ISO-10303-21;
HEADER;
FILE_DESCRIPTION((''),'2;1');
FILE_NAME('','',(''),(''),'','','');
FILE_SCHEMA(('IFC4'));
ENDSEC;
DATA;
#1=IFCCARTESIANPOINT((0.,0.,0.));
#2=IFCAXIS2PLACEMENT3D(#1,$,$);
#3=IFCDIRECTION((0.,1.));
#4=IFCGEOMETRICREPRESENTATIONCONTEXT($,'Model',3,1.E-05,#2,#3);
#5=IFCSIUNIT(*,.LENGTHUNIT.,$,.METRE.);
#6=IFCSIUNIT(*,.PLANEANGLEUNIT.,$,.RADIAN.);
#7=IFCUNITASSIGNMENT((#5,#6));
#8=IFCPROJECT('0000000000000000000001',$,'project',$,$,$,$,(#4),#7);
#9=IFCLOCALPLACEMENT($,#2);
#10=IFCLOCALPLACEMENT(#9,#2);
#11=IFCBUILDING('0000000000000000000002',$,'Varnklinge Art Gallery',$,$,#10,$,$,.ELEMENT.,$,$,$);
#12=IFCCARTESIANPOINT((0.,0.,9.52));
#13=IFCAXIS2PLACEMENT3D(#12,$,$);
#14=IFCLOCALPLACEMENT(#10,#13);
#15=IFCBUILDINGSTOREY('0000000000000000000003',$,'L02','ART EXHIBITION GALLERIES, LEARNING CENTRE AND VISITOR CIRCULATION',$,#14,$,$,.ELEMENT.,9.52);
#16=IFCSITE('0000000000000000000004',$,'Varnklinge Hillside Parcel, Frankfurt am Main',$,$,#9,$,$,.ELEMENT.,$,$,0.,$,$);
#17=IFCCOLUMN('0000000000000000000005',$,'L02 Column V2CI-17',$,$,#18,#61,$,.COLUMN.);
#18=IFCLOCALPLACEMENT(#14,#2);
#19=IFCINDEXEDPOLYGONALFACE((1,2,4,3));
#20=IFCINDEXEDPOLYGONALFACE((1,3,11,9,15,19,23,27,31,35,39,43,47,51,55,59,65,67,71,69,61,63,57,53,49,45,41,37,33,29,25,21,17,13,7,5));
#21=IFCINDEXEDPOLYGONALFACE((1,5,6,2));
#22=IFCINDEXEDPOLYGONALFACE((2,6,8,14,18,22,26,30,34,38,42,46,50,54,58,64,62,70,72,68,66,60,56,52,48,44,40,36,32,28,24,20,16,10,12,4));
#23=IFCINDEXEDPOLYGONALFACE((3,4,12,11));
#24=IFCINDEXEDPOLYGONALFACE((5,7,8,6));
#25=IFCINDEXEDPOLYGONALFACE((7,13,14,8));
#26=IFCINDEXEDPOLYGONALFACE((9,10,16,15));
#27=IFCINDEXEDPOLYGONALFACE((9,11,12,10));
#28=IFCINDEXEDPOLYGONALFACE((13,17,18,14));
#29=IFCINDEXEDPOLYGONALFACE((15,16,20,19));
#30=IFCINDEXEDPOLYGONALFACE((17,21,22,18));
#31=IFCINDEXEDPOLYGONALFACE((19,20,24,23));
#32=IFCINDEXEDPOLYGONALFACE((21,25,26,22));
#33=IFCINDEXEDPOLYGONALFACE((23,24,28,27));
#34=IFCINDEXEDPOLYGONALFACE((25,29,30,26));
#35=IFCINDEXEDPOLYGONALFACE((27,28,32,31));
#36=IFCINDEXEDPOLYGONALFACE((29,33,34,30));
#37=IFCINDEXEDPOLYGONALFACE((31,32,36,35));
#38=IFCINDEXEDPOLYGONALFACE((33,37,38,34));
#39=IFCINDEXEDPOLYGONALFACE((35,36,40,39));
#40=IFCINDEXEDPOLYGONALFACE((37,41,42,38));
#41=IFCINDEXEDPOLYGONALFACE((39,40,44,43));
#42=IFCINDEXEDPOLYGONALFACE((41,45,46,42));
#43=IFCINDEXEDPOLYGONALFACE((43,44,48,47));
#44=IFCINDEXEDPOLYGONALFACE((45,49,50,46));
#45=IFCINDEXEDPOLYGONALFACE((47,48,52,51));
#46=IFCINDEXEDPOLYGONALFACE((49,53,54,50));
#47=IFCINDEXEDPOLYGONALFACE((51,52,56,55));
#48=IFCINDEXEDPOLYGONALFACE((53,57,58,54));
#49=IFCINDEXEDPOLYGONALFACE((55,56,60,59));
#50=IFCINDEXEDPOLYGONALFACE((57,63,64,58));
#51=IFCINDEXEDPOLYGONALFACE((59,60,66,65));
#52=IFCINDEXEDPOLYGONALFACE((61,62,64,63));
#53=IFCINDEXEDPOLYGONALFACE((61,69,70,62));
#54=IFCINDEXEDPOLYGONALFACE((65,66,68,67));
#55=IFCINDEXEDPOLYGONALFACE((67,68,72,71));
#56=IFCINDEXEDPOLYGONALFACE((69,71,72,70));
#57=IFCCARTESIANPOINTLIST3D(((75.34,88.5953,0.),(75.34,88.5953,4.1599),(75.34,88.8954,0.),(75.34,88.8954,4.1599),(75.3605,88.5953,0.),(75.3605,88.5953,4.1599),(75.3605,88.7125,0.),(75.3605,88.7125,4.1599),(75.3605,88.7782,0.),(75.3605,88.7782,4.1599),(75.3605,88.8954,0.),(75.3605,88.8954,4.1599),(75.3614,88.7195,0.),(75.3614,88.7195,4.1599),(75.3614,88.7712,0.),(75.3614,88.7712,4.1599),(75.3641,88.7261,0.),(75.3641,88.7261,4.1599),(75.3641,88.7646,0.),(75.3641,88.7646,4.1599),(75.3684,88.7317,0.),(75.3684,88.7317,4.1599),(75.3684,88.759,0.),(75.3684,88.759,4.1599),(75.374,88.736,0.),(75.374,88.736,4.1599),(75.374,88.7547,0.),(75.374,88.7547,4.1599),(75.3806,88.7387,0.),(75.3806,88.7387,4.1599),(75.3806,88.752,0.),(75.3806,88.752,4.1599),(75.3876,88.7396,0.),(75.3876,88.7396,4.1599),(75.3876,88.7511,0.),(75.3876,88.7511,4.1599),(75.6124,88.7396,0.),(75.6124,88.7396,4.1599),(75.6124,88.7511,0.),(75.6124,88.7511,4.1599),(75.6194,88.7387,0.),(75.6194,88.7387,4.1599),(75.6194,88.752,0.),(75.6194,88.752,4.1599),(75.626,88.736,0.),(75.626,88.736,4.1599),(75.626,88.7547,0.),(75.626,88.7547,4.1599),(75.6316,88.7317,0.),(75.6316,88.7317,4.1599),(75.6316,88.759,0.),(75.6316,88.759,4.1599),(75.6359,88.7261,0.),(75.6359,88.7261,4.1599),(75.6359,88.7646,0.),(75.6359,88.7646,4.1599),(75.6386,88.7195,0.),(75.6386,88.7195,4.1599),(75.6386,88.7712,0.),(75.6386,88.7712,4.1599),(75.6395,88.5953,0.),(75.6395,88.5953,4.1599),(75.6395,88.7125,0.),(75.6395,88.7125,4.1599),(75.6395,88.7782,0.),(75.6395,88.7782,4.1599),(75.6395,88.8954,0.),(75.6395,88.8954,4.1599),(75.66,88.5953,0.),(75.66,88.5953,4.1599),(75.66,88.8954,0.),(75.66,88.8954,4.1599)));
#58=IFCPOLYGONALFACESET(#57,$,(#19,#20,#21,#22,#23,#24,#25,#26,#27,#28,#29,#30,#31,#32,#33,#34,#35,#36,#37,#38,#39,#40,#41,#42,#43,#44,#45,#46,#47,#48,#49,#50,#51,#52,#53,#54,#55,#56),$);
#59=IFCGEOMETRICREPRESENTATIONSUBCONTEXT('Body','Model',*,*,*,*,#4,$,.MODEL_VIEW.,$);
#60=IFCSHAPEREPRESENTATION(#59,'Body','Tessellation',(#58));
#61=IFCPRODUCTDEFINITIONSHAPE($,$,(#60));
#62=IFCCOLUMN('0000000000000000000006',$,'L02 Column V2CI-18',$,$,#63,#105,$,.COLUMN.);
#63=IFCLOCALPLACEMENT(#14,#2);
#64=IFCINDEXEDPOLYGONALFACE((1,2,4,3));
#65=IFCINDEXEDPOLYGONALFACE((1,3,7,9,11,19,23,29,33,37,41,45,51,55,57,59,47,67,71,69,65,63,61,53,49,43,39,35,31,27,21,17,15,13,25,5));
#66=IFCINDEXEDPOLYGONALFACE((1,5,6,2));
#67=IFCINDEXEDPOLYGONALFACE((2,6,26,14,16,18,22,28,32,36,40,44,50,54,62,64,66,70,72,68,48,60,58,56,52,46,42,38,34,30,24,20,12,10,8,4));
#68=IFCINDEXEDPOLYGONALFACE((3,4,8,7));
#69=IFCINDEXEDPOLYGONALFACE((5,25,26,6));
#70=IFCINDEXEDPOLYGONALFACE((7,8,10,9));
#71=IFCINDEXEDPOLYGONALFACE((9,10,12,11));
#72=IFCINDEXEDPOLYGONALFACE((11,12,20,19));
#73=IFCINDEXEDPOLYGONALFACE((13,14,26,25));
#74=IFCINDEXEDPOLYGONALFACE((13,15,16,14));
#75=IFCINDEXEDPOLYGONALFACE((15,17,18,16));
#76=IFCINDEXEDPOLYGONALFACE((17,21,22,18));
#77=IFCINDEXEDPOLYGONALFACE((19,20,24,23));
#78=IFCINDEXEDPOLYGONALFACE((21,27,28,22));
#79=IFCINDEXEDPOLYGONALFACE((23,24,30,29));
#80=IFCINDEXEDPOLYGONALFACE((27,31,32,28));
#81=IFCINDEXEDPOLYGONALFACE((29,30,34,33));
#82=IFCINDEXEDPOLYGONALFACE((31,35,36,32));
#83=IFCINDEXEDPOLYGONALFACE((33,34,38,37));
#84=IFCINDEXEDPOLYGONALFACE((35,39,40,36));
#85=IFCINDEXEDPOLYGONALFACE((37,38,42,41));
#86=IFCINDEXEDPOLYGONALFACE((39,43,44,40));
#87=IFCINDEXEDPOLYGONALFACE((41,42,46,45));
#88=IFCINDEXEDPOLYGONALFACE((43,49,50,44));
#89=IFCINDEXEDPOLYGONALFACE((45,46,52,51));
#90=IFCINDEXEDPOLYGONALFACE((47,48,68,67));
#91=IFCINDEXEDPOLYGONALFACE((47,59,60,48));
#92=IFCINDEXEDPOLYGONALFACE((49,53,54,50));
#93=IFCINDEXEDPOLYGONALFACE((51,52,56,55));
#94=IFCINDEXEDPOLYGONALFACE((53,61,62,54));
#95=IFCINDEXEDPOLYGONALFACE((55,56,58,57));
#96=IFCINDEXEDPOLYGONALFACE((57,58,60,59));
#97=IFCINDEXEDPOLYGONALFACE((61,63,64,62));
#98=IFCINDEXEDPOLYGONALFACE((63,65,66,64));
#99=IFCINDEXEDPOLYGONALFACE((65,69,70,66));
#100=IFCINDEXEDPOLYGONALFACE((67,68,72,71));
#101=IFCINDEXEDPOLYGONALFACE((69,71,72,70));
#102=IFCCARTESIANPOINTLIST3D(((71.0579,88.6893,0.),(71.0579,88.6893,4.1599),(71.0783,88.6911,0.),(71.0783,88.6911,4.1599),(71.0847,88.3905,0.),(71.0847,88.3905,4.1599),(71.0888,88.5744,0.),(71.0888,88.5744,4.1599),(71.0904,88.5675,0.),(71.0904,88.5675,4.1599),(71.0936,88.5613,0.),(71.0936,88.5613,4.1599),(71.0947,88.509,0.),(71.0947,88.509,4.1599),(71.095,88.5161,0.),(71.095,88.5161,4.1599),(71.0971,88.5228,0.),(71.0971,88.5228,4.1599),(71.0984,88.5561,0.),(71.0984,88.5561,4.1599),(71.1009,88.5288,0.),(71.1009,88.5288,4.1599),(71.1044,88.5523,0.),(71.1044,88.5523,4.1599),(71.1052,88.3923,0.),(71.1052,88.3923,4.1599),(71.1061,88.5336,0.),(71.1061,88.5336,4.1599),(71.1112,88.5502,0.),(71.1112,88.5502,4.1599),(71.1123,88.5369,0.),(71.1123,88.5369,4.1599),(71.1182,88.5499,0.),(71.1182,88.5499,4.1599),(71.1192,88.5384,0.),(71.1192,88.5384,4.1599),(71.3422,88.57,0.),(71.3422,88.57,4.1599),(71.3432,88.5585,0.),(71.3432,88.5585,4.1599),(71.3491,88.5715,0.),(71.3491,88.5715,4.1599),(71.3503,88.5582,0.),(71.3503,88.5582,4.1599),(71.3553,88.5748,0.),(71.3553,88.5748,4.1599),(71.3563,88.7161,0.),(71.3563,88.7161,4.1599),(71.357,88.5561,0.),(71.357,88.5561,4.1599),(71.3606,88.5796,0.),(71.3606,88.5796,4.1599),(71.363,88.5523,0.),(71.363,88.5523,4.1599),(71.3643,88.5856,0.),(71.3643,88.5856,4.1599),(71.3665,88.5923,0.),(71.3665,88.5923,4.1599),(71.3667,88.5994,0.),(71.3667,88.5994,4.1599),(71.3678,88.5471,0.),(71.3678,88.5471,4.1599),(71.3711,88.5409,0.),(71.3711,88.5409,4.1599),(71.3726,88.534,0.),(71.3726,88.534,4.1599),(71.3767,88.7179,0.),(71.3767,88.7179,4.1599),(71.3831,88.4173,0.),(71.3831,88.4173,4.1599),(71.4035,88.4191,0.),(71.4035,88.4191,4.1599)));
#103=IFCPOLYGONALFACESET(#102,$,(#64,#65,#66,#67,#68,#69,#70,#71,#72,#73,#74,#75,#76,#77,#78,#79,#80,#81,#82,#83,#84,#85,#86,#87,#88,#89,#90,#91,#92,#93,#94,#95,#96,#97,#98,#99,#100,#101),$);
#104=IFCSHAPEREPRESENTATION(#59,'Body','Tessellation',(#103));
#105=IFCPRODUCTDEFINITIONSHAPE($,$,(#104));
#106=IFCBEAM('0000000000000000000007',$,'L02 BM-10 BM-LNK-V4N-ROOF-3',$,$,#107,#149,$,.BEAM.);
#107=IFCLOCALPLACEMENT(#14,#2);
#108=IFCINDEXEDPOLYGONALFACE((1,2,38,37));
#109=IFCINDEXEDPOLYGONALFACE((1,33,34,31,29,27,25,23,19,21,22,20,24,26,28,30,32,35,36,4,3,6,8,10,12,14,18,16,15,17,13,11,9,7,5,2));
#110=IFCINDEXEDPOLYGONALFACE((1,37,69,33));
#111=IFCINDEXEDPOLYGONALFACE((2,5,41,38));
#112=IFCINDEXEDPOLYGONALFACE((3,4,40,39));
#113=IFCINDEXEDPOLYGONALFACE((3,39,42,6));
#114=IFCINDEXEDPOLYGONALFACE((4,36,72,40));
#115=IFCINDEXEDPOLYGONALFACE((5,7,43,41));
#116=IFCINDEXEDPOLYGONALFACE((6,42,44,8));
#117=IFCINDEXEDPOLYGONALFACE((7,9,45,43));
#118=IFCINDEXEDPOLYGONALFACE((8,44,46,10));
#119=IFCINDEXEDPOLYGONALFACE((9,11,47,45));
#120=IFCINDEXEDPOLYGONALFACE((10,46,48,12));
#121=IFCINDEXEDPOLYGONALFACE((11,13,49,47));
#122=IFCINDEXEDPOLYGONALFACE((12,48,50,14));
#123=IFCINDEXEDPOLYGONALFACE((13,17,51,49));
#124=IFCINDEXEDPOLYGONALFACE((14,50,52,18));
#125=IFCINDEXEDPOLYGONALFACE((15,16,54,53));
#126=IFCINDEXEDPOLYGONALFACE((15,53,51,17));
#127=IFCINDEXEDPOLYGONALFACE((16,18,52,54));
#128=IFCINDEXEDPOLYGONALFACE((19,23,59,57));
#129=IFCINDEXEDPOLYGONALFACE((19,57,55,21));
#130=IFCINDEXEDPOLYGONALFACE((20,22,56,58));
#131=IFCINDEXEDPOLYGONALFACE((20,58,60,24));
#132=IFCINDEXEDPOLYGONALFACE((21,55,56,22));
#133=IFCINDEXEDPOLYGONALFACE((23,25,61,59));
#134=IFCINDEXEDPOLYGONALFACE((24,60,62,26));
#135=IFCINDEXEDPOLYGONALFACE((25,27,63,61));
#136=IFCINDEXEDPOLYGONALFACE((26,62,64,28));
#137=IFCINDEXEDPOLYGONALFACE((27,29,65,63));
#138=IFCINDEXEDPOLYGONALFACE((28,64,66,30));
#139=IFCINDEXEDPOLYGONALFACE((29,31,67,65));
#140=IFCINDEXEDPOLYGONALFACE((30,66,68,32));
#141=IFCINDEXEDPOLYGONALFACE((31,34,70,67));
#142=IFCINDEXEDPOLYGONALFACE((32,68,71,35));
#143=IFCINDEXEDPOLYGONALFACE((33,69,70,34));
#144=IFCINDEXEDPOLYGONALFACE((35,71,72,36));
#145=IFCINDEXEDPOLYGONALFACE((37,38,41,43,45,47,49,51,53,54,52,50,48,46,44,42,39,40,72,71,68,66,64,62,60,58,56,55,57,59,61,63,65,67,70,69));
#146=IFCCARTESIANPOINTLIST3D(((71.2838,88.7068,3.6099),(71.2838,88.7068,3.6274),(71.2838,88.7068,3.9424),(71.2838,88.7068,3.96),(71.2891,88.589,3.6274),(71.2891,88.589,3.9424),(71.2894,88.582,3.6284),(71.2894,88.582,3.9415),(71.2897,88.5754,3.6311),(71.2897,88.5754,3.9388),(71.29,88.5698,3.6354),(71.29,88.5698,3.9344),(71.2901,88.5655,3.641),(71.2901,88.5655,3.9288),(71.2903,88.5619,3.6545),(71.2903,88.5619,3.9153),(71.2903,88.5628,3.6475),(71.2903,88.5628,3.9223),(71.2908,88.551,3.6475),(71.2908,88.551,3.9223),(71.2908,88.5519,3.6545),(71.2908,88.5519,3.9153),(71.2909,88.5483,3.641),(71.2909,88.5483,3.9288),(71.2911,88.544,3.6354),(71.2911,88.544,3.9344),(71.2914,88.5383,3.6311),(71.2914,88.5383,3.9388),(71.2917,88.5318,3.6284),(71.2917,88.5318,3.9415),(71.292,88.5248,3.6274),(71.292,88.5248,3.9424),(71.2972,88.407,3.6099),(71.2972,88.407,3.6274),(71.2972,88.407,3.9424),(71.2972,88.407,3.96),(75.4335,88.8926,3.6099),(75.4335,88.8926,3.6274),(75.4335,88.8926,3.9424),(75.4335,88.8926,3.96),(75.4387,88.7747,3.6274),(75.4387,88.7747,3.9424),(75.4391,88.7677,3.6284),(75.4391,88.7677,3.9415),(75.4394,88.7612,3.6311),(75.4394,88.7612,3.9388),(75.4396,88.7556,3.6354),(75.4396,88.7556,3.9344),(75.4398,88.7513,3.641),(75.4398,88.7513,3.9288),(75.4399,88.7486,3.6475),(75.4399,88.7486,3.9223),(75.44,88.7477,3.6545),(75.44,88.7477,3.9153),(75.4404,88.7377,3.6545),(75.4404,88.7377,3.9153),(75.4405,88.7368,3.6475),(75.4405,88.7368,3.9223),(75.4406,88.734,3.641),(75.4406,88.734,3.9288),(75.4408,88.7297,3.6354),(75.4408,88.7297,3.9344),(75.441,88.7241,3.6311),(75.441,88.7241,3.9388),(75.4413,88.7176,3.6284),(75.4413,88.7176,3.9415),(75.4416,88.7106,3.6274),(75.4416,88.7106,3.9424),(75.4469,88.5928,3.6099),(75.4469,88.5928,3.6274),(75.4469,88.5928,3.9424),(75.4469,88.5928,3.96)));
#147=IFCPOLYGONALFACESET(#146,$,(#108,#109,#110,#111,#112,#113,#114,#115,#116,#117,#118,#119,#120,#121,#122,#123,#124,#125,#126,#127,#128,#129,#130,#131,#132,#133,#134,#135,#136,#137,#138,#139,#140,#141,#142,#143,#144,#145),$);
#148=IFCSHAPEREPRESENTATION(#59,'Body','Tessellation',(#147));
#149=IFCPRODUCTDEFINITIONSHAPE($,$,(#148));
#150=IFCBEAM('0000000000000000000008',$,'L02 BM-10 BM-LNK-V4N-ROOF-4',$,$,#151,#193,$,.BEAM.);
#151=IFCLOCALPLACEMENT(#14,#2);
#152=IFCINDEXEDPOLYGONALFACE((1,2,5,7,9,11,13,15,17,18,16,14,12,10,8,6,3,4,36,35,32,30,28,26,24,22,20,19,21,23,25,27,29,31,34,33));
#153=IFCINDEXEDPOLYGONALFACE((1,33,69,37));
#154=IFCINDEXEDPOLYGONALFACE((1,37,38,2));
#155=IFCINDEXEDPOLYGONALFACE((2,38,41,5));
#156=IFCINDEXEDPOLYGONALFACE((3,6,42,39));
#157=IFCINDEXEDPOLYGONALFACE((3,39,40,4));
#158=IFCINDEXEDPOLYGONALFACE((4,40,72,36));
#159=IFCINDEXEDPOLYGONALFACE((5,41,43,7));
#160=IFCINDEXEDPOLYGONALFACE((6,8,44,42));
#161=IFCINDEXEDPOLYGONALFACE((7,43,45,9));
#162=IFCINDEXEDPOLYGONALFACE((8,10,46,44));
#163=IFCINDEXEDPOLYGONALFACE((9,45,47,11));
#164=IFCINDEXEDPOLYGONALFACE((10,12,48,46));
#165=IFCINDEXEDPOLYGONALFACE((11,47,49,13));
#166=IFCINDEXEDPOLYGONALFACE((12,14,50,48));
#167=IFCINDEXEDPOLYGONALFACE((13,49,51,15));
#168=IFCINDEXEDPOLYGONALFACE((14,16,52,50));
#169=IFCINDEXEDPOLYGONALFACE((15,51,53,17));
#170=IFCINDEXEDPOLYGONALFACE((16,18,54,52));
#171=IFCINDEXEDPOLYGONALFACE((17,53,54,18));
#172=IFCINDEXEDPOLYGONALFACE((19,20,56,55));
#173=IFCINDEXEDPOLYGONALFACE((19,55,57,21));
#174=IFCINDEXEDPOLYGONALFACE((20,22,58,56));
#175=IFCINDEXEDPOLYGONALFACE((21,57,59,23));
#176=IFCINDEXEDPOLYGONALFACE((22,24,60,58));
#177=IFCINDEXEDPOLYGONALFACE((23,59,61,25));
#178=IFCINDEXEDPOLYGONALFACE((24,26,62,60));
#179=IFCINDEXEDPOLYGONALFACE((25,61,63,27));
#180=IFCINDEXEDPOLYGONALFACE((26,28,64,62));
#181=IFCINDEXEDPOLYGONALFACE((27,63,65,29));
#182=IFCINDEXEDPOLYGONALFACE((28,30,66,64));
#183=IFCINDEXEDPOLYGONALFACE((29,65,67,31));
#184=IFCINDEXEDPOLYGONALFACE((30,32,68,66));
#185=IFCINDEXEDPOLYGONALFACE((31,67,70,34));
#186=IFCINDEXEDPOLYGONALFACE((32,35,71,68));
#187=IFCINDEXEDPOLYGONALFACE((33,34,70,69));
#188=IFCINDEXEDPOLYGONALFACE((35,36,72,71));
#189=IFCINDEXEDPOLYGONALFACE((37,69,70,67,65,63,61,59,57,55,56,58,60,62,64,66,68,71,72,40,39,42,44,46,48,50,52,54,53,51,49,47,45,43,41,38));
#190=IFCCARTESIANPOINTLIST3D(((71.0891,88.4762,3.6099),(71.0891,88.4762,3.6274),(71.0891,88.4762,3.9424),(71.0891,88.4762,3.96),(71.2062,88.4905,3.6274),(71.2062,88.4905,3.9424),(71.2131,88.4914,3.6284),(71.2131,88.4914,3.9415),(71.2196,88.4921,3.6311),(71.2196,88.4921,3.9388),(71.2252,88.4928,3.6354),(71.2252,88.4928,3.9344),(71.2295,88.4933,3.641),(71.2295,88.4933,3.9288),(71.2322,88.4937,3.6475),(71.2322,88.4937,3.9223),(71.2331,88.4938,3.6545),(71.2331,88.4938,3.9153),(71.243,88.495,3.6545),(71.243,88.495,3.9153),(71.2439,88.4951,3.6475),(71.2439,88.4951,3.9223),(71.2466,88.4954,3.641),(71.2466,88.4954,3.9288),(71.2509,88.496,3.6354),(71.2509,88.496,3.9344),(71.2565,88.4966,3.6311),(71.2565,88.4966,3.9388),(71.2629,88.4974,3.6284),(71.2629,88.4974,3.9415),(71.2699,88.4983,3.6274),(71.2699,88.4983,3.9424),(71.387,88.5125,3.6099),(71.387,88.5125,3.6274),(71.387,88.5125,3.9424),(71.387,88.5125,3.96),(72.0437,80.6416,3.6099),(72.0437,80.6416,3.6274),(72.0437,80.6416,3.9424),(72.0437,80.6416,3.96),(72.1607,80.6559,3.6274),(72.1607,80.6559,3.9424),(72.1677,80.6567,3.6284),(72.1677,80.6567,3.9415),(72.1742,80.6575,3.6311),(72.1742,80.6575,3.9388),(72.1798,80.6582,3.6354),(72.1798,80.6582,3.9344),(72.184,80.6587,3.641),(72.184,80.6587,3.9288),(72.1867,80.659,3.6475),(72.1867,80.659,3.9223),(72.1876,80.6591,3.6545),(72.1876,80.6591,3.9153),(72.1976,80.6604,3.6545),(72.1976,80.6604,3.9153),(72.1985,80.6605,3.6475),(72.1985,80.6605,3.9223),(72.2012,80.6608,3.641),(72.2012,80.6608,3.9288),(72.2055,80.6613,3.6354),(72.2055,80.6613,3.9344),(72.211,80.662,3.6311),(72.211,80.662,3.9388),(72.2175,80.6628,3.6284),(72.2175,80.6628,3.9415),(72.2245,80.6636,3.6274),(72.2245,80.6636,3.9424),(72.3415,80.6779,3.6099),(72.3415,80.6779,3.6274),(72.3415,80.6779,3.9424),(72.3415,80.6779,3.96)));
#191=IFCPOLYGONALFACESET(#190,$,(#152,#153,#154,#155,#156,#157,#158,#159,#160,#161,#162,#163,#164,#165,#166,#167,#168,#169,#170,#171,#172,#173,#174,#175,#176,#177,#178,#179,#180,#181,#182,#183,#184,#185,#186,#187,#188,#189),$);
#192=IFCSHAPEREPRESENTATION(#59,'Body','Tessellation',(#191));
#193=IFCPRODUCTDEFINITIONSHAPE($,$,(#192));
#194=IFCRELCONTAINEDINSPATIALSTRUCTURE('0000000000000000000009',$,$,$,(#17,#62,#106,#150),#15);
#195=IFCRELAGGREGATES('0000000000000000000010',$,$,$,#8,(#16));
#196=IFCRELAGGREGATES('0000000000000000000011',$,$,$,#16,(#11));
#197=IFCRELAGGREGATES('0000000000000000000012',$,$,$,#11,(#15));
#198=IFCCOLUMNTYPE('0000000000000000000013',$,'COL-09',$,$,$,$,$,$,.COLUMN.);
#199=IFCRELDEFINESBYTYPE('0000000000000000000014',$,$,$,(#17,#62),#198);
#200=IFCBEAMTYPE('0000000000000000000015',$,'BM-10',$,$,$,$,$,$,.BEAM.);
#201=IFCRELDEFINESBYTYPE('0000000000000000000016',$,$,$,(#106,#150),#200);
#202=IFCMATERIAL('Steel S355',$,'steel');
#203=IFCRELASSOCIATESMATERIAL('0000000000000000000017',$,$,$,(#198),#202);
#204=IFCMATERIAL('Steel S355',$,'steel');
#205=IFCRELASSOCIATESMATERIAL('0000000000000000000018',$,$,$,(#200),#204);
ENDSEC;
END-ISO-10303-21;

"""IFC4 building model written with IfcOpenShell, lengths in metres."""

from ifc_helpers import new_model, si_unit, direction, frame, origin, origin_2d, place, context, subcontext, project, spatial, i_section, extrude, material, material_profile, profile_set, type_object, element, save


model = new_model("IFC4")

# Units and contexts
model_context = context("Model", 3, precision=1e-05, world=origin(), true_north=direction((0.0, 1.0)))
body_context = subcontext(model_context, "Body", "Model", "MODEL_VIEW")
ifc_project = project(units=[si_unit("LENGTHUNIT", "METRE"), si_unit("PLANEANGLEUNIT", "RADIAN")], contexts=[model_context])

# Site, building, storey
site_placement = place(None, origin())
site = spatial("IfcSite", under=ifc_project, at=site_placement, Name="Varnklinge Hillside Parcel, Frankfurt am Main", CompositionType="ELEMENT", RefElevation=0.0)
building_placement = place(site_placement, origin())
building = spatial("IfcBuilding", under=site, at=building_placement, Name="Varnklinge Art Gallery", CompositionType="ELEMENT")
storey_placement = place(building_placement, frame((0.0, 0.0, 9.52)))
storey = spatial("IfcBuildingStorey", under=building, at=storey_placement, Name="L02", Description="ART EXHIBITION GALLERIES, LEARNING CENTRE AND VISITOR CIRCULATION", CompositionType="ELEMENT", Elevation=9.52)

# Columns
ifc_material_1 = material(Name="Steel S355", Category="steel")
ifc_material_profile_1 = material_profile(ifc_material_1, i_section(OverallWidth=0.3, OverallDepth=0.3201, WebThickness=0.0115, FlangeThickness=0.0205, FilletRadius=0.0271, at=origin_2d()), Name="HEB 320")
ifc_profile_set_1 = profile_set([ifc_material_profile_1], Name="Steel S355")
column_type = type_object("IfcColumnType", Name="COL-09", PredefinedType="COLUMN", material=ifc_profile_set_1)
for number, where, z_axis, x_axis, name in (
    (1, (75.5, 88.7454, 0.0), (0.0, 0.0, 1.0), (0.0, -1.0, 0.0), "L02 Column V2CI-17"),
    (2, (71.2307, 88.5542, 0.0), (0.0, 0.0, 1.0), (0.089416, -0.995994, 0.0), "L02 Column V2CI-18"),
):
    element("IfcColumn", number, at=place(storey_placement, frame(where, z_axis=z_axis, x_axis=x_axis)), inside=storey, type_object=column_type, Name=name, PredefinedType="COLUMN", context=body_context, shape_type="SweptSolid", body=[
        extrude(i_section(OverallWidth=0.3, OverallDepth=0.3201, WebThickness=0.0115, FlangeThickness=0.0205, FilletRadius=0.0271, at=origin_2d()), origin(), (0.0, 0.0, 1.0), 4.1599),
    ])

# Beams
ifc_material_2 = material(Name="Steel S355", Category="steel")
ifc_material_profile_2 = material_profile(ifc_material_2, i_section(OverallWidth=0.3, OverallDepth=0.3501, WebThickness=0.01, FlangeThickness=0.0176, FilletRadius=0.0271, at=origin_2d()), Name="HEA 360")
ifc_profile_set_2 = profile_set([ifc_material_profile_2], Name="Steel S355")
beam_type = type_object("IfcBeamType", Name="BM-10", PredefinedType="BEAM", material=ifc_profile_set_2)
beam_1_placement = place(storey_placement, frame((75.4402, 88.7427, 3.7849), z_axis=(-0.998999, -0.044728, 0.0), x_axis=(0.044728, -0.998999, 0.0)))
element("IfcBeam", 3, at=beam_1_placement, inside=storey, type_object=beam_type, Name="L02 BM-10 BM-LNK-V4N-ROOF-3", PredefinedType="BEAM", context=body_context, shape_type="SweptSolid", body=[
    extrude(i_section(OverallWidth=0.3, OverallDepth=0.3501, WebThickness=0.01, FlangeThickness=0.0176, FilletRadius=0.0271, at=origin_2d()), origin(), (0.0, 0.0, 1.0), 4.1538),
])
beam_2_placement = place(storey_placement, frame((71.238, 88.4944, 3.7849), z_axis=(0.120947, -0.992659, 0.0), x_axis=(0.992659, 0.120947, 0.0)))
element("IfcBeam", 4, at=beam_2_placement, inside=storey, type_object=beam_type, Name="L02 BM-10 BM-LNK-V4N-ROOF-4", PredefinedType="BEAM", context=body_context, shape_type="SweptSolid", body=[
    extrude(i_section(OverallWidth=0.3, OverallDepth=0.3501, WebThickness=0.01, FlangeThickness=0.0176, FilletRadius=0.0271, at=origin_2d()), origin(), (0.0, 0.0, 1.0), 7.8926),
])

save(model, "model.ifc")
